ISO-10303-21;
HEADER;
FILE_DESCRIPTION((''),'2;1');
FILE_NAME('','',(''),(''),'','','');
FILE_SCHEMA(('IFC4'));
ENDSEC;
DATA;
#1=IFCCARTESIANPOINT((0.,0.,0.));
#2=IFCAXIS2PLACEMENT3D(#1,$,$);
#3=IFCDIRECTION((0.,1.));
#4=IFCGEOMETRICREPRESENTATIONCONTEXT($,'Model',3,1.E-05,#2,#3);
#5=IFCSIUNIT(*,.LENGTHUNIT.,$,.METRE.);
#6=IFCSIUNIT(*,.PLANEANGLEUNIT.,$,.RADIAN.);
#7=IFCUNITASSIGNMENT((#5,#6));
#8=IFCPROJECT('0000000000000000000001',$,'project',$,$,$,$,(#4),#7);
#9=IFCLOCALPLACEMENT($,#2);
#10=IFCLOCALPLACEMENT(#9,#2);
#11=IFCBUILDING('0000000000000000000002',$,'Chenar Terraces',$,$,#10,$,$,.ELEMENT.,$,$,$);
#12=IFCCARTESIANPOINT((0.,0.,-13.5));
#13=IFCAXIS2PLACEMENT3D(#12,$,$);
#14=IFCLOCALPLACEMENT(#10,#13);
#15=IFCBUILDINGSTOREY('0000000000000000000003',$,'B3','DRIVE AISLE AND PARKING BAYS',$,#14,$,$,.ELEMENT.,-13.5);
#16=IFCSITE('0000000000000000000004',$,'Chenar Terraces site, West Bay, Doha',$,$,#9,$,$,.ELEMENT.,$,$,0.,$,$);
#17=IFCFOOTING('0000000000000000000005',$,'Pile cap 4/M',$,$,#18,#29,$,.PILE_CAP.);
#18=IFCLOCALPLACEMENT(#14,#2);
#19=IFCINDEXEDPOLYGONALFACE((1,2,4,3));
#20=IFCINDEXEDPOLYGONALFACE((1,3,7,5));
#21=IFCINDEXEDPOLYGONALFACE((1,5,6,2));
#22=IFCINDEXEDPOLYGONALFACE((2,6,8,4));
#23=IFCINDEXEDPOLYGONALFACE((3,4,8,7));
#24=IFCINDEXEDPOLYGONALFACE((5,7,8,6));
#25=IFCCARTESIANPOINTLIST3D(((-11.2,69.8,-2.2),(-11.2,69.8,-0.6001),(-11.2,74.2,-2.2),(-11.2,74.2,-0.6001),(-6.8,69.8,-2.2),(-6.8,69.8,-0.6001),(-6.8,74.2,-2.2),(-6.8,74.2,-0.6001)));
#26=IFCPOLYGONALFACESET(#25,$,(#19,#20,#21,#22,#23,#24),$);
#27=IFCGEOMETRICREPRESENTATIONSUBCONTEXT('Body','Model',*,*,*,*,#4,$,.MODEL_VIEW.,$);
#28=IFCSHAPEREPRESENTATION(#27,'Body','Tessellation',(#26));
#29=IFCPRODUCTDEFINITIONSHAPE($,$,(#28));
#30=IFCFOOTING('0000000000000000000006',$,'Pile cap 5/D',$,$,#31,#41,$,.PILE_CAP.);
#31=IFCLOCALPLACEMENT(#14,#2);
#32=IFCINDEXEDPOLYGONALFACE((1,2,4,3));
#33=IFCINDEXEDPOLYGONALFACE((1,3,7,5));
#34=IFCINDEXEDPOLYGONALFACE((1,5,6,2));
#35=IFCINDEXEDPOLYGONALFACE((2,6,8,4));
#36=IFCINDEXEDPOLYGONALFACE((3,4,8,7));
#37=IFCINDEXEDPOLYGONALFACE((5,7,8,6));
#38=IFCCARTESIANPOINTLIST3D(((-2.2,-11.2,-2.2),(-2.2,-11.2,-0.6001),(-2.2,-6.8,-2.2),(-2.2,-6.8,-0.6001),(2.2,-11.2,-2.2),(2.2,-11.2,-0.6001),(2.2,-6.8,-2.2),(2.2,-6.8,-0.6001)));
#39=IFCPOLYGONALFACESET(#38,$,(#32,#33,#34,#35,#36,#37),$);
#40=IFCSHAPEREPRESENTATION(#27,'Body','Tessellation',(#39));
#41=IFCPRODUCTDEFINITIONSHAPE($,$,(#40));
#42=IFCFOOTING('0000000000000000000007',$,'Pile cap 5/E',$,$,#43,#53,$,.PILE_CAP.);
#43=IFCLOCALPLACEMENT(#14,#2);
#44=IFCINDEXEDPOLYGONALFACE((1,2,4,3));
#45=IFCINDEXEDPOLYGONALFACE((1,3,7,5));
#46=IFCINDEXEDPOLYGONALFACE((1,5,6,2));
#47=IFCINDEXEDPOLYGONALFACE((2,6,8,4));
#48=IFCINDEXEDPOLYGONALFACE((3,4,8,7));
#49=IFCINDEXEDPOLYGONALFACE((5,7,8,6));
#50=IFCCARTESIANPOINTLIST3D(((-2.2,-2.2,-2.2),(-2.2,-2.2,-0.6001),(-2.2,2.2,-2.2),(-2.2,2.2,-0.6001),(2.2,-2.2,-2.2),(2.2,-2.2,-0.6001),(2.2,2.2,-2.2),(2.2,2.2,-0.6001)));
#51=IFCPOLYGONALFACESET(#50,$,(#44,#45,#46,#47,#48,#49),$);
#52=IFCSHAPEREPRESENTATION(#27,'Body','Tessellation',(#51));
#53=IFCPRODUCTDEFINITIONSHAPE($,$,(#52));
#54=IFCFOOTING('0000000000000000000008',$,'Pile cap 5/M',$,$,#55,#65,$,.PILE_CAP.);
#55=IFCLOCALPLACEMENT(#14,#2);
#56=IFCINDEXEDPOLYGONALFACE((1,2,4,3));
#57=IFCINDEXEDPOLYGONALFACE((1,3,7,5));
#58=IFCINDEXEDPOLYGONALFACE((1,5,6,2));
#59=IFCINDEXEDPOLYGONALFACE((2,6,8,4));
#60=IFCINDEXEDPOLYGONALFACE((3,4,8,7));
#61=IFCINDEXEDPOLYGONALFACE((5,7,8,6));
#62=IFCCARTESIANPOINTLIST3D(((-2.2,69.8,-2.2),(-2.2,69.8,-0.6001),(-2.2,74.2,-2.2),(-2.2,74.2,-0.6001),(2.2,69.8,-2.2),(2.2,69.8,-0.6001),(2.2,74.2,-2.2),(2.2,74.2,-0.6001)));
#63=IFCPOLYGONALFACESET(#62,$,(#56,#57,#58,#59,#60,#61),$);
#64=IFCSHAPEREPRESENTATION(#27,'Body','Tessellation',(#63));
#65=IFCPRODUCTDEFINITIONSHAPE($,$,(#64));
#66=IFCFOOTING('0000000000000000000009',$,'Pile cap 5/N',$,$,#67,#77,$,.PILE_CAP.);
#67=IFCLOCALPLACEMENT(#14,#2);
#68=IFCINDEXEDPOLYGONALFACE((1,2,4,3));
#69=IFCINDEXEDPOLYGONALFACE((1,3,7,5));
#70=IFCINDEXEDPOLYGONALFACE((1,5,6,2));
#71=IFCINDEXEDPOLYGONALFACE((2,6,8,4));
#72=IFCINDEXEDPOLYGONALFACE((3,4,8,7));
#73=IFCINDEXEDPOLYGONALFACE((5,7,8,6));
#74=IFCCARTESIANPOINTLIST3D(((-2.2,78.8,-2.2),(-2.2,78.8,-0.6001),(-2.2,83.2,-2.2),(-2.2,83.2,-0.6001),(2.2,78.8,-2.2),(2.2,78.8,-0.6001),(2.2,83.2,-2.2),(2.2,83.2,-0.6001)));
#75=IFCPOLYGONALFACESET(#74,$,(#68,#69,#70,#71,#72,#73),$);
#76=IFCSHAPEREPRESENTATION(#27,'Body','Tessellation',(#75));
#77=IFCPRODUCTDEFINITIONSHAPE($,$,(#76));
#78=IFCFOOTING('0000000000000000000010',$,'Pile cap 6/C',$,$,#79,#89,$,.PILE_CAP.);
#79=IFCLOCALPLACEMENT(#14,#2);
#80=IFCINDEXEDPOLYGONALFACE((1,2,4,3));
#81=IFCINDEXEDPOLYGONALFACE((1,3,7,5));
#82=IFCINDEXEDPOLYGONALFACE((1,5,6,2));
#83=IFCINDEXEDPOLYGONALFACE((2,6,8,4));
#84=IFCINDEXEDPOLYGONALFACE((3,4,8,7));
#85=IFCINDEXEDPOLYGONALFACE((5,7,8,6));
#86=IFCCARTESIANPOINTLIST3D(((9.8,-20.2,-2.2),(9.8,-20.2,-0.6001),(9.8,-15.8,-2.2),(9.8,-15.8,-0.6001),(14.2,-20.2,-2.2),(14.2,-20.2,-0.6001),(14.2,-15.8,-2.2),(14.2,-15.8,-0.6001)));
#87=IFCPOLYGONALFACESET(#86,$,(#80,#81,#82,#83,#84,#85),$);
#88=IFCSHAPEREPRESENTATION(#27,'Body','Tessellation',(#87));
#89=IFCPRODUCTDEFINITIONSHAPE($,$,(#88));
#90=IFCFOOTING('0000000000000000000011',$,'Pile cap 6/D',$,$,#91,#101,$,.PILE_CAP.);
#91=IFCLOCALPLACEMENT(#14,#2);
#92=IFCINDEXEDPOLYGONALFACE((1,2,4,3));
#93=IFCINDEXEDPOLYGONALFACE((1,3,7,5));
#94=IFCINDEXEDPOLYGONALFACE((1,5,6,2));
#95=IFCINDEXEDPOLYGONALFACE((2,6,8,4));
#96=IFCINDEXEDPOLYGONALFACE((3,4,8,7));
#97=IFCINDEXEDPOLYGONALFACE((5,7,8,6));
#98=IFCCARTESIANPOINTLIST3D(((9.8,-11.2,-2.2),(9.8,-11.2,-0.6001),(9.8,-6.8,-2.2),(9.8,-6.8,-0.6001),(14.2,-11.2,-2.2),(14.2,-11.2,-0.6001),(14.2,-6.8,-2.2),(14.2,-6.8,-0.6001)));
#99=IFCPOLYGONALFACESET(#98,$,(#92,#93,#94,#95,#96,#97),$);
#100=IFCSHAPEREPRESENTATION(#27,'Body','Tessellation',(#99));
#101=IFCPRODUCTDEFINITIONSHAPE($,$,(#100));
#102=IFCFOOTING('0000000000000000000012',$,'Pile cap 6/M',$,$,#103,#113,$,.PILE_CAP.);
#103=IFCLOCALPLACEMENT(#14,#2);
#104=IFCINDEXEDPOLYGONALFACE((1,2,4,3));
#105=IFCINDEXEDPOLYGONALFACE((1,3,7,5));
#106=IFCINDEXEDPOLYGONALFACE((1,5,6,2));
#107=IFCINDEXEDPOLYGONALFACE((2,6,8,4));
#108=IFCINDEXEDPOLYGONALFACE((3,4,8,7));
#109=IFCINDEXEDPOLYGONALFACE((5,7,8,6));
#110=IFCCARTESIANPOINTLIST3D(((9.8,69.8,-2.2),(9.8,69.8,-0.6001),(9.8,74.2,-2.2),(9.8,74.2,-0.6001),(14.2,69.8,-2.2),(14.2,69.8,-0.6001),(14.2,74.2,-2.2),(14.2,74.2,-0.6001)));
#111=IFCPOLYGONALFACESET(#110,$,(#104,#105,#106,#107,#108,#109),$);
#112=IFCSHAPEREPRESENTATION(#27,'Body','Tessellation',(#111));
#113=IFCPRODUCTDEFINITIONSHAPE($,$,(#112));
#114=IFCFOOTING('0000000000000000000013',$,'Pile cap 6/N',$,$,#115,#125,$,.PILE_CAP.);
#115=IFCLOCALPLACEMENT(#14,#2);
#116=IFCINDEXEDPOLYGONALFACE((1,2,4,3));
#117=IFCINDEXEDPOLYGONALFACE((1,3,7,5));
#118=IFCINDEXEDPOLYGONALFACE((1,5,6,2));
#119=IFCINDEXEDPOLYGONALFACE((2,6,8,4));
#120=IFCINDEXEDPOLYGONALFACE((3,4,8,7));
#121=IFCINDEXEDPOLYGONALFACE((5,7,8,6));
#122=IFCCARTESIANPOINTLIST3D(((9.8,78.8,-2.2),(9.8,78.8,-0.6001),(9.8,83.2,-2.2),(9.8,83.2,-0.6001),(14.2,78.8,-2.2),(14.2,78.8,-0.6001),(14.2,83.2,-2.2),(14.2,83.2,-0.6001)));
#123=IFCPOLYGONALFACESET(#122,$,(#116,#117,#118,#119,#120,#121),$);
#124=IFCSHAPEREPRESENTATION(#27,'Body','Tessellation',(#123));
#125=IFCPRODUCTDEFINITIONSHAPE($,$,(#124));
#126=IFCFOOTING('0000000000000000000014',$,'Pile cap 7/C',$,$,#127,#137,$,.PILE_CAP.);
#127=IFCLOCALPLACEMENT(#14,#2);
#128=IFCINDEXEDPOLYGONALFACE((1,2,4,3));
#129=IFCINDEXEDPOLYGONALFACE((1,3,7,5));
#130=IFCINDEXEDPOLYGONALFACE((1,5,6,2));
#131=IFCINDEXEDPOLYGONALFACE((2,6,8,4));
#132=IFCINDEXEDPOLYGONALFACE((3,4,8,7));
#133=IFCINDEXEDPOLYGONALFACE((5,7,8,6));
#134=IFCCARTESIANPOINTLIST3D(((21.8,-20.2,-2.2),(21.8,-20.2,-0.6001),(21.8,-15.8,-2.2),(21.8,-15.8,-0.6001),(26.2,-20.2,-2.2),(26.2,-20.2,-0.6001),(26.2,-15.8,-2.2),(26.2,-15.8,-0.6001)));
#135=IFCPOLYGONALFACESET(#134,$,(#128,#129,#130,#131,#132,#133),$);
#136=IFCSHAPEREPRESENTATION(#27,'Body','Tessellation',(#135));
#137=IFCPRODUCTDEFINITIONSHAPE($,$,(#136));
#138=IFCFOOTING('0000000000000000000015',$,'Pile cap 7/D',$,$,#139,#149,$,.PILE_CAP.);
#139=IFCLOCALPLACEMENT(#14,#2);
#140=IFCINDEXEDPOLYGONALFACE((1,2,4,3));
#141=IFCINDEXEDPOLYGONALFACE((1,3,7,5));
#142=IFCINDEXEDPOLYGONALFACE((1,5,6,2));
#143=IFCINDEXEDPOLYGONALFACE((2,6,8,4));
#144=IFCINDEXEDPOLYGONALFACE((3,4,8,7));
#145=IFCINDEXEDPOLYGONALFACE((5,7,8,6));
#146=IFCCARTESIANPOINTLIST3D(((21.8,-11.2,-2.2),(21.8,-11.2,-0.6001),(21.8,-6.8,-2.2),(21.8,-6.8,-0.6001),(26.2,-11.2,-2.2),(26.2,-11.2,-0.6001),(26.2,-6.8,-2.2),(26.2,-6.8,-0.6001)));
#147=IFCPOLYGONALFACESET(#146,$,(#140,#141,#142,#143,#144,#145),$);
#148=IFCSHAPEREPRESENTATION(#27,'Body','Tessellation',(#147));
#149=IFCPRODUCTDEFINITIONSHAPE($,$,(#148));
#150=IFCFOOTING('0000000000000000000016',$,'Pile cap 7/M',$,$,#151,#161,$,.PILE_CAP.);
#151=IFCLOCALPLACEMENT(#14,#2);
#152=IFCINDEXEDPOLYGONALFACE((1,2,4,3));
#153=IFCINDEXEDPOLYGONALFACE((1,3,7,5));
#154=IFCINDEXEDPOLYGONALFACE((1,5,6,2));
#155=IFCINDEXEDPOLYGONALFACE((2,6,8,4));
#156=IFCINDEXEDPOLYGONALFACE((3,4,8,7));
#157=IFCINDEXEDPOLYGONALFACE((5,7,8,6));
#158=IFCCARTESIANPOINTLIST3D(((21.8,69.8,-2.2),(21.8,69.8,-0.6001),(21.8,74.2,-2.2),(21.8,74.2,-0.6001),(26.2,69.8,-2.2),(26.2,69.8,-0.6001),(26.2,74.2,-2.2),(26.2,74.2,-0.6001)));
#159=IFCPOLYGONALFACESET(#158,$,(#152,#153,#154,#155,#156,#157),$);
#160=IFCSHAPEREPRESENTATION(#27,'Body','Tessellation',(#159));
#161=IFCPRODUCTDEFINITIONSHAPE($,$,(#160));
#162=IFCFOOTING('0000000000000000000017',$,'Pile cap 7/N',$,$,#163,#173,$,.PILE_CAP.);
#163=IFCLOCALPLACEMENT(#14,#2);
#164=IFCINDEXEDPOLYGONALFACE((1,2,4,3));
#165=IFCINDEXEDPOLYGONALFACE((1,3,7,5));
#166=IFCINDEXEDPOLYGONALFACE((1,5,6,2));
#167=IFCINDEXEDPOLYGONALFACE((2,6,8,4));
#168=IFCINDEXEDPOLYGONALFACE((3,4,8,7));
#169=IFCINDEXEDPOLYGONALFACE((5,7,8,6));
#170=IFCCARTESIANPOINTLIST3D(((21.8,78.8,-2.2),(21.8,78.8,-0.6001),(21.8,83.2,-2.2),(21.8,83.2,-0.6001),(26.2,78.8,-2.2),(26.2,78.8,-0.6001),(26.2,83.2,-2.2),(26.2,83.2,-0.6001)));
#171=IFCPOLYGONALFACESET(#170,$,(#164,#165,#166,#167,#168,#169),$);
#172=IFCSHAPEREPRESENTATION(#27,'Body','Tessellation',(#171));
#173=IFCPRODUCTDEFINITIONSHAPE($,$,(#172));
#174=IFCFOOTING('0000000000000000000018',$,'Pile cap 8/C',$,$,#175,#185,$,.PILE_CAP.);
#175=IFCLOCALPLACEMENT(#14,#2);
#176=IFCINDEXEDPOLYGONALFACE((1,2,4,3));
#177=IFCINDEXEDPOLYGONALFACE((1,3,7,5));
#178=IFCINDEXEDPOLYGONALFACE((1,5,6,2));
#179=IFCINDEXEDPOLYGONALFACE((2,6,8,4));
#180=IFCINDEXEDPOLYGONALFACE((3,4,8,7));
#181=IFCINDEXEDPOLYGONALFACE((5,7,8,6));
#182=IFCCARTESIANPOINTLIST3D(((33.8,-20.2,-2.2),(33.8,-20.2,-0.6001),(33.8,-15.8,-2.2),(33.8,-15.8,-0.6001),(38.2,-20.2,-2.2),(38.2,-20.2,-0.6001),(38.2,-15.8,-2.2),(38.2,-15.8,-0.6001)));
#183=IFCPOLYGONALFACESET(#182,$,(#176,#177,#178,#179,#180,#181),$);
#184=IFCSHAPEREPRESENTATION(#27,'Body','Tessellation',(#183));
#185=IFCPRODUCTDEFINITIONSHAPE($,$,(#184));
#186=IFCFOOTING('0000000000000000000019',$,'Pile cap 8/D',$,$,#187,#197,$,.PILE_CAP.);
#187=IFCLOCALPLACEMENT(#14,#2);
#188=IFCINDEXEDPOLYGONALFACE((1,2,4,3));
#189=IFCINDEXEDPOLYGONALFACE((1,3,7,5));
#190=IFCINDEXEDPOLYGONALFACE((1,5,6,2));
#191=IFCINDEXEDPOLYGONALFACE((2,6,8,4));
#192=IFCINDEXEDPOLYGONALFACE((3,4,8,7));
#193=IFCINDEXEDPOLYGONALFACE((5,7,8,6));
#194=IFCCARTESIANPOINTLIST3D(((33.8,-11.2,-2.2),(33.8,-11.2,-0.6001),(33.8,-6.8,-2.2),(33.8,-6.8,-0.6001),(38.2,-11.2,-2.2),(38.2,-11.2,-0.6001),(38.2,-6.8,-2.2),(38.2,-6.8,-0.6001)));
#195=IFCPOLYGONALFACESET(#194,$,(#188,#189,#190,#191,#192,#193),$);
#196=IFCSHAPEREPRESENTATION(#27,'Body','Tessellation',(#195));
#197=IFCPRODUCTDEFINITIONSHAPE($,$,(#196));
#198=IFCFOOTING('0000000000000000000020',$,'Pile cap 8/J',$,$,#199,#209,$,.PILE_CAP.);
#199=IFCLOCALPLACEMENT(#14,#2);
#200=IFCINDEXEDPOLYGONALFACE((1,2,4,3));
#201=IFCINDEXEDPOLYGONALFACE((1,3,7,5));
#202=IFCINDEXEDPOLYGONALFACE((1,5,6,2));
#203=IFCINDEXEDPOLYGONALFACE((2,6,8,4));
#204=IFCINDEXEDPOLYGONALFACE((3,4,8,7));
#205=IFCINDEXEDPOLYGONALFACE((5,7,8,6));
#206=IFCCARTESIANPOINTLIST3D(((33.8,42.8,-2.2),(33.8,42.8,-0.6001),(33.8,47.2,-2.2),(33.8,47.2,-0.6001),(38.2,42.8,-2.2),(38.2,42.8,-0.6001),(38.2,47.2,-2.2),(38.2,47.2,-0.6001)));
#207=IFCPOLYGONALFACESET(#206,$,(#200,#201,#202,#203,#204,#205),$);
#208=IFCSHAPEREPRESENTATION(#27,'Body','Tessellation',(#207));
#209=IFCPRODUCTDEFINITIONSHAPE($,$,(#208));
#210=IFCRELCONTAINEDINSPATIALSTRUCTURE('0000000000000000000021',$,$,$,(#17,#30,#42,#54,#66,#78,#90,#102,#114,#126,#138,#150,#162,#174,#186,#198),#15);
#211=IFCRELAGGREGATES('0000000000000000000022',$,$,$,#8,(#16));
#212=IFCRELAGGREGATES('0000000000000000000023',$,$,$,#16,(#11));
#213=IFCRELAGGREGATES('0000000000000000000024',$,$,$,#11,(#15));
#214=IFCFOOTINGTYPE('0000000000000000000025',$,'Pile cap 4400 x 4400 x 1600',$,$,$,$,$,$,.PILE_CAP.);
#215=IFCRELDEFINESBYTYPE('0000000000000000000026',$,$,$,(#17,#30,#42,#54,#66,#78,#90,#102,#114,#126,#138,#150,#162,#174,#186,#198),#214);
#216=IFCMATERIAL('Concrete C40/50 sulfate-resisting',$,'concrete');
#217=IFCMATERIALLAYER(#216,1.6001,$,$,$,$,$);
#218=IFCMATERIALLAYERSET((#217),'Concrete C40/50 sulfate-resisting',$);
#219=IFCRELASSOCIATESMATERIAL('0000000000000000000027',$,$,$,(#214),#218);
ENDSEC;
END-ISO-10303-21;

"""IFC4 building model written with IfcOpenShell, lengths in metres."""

from ifc_helpers import new_model, si_unit, direction, frame, origin, place, context, subcontext, project, spatial, polyline, outline, extrude, material, layer, layer_set, type_object, element, save


model = new_model("IFC4")

# Units and contexts
model_context = context("Model", 3, precision=1e-05, world=origin(), true_north=direction((0.0, 1.0)))
body_context = subcontext(model_context, "Body", "Model", "MODEL_VIEW")
ifc_project = project(units=[si_unit("LENGTHUNIT", "METRE"), si_unit("PLANEANGLEUNIT", "RADIAN")], contexts=[model_context])

# Site, building, storey
site_placement = place(None, origin())
site = spatial("IfcSite", under=ifc_project, at=site_placement, Name="Chenar Terraces site, West Bay, Doha", CompositionType="ELEMENT", RefElevation=0.0)
building_placement = place(site_placement, origin())
building = spatial("IfcBuilding", under=site, at=building_placement, Name="Chenar Terraces", CompositionType="ELEMENT")
storey_placement = place(building_placement, frame((0.0, 0.0, -13.5)))
storey = spatial("IfcBuildingStorey", under=building, at=storey_placement, Name="B3", Description="DRIVE AISLE AND PARKING BAYS", CompositionType="ELEMENT", Elevation=-13.5)

# Footings
ifc_material = material(Name="Concrete C40/50 sulfate-resisting", Category="concrete")
ifc_layer = layer(ifc_material, 1.6001)
ifc_layer_set = layer_set([ifc_layer], Name="Concrete C40/50 sulfate-resisting")
footing_type = type_object("IfcFootingType", Name="Pile cap 4400 x 4400 x 1600", PredefinedType="PILE_CAP", material=ifc_layer_set)
placement = place(storey_placement, frame((0.0, 0.0, -2.2)))
element("IfcFooting", 1, at=placement, inside=storey, type_object=footing_type, Name="Pile cap 4/M", PredefinedType="PILE_CAP", context=body_context, shape_type="SweptSolid", body=[
    extrude(outline(polyline([(-6.8, 69.8), (-6.8, 74.2), (-11.2, 74.2), (-11.2, 69.8), (-6.8, 69.8)])), origin(), (0.0, 0.0, 1.0), 1.5999),
])
element("IfcFooting", 2, at=placement, inside=storey, type_object=footing_type, Name="Pile cap 5/D", PredefinedType="PILE_CAP", context=body_context, shape_type="SweptSolid", body=[
    extrude(outline(polyline([(2.2, -11.2), (2.2, -6.8), (-2.2, -6.8), (-2.2, -11.2), (2.2, -11.2)])), origin(), (0.0, 0.0, 1.0), 1.5999),
])
element("IfcFooting", 3, at=placement, inside=storey, type_object=footing_type, Name="Pile cap 5/E", PredefinedType="PILE_CAP", context=body_context, shape_type="SweptSolid", body=[
    extrude(outline(polyline([(2.2, -2.2), (2.2, 2.2), (-2.2, 2.2), (-2.2, -2.2), (2.2, -2.2)])), origin(), (0.0, 0.0, 1.0), 1.5999),
])
element("IfcFooting", 4, at=placement, inside=storey, type_object=footing_type, Name="Pile cap 5/M", PredefinedType="PILE_CAP", context=body_context, shape_type="SweptSolid", body=[
    extrude(outline(polyline([(2.2, 69.8), (2.2, 74.2), (-2.2, 74.2), (-2.2, 69.8), (2.2, 69.8)])), origin(), (0.0, 0.0, 1.0), 1.5999),
])
element("IfcFooting", 5, at=placement, inside=storey, type_object=footing_type, Name="Pile cap 5/N", PredefinedType="PILE_CAP", context=body_context, shape_type="SweptSolid", body=[
    extrude(outline(polyline([(2.2, 78.8), (2.2, 83.2), (-2.2, 83.2), (-2.2, 78.8), (2.2, 78.8)])), origin(), (0.0, 0.0, 1.0), 1.5999),
])
element("IfcFooting", 6, at=placement, inside=storey, type_object=footing_type, Name="Pile cap 6/C", PredefinedType="PILE_CAP", context=body_context, shape_type="SweptSolid", body=[
    extrude(outline(polyline([(14.2, -20.2), (14.2, -15.8), (9.8, -15.8), (9.8, -20.2), (14.2, -20.2)])), origin(), (0.0, 0.0, 1.0), 1.5999),
])
element("IfcFooting", 7, at=placement, inside=storey, type_object=footing_type, Name="Pile cap 6/D", PredefinedType="PILE_CAP", context=body_context, shape_type="SweptSolid", body=[
    extrude(outline(polyline([(14.2, -11.2), (14.2, -6.8), (9.8, -6.8), (9.8, -11.2), (14.2, -11.2)])), origin(), (0.0, 0.0, 1.0), 1.5999),
])
element("IfcFooting", 8, at=placement, inside=storey, type_object=footing_type, Name="Pile cap 6/M", PredefinedType="PILE_CAP", context=body_context, shape_type="SweptSolid", body=[
    extrude(outline(polyline([(14.2, 69.8), (14.2, 74.2), (9.8, 74.2), (9.8, 69.8), (14.2, 69.8)])), origin(), (0.0, 0.0, 1.0), 1.5999),
])
element("IfcFooting", 9, at=placement, inside=storey, type_object=footing_type, Name="Pile cap 6/N", PredefinedType="PILE_CAP", context=body_context, shape_type="SweptSolid", body=[
    extrude(outline(polyline([(14.2, 78.8), (14.2, 83.2), (9.8, 83.2), (9.8, 78.8), (14.2, 78.8)])), origin(), (0.0, 0.0, 1.0), 1.5999),
])
element("IfcFooting", 10, at=placement, inside=storey, type_object=footing_type, Name="Pile cap 7/C", PredefinedType="PILE_CAP", context=body_context, shape_type="SweptSolid", body=[
    extrude(outline(polyline([(26.2, -20.2), (26.2, -15.8), (21.8, -15.8), (21.8, -20.2), (26.2, -20.2)])), origin(), (0.0, 0.0, 1.0), 1.5999),
])
element("IfcFooting", 11, at=placement, inside=storey, type_object=footing_type, Name="Pile cap 7/D", PredefinedType="PILE_CAP", context=body_context, shape_type="SweptSolid", body=[
    extrude(outline(polyline([(26.2, -11.2), (26.2, -6.8), (21.8, -6.8), (21.8, -11.2), (26.2, -11.2)])), origin(), (0.0, 0.0, 1.0), 1.5999),
])
element("IfcFooting", 12, at=placement, inside=storey, type_object=footing_type, Name="Pile cap 7/M", PredefinedType="PILE_CAP", context=body_context, shape_type="SweptSolid", body=[
    extrude(outline(polyline([(26.2, 69.8), (26.2, 74.2), (21.8, 74.2), (21.8, 69.8), (26.2, 69.8)])), origin(), (0.0, 0.0, 1.0), 1.5999),
])
element("IfcFooting", 13, at=placement, inside=storey, type_object=footing_type, Name="Pile cap 7/N", PredefinedType="PILE_CAP", context=body_context, shape_type="SweptSolid", body=[
    extrude(outline(polyline([(26.2, 78.8), (26.2, 83.2), (21.8, 83.2), (21.8, 78.8), (26.2, 78.8)])), origin(), (0.0, 0.0, 1.0), 1.5999),
])
element("IfcFooting", 14, at=placement, inside=storey, type_object=footing_type, Name="Pile cap 8/C", PredefinedType="PILE_CAP", context=body_context, shape_type="SweptSolid", body=[
    extrude(outline(polyline([(38.2, -20.2), (38.2, -15.8), (33.8, -15.8), (33.8, -20.2), (38.2, -20.2)])), origin(), (0.0, 0.0, 1.0), 1.5999),
])
element("IfcFooting", 15, at=placement, inside=storey, type_object=footing_type, Name="Pile cap 8/D", PredefinedType="PILE_CAP", context=body_context, shape_type="SweptSolid", body=[
    extrude(outline(polyline([(38.2, -11.2), (38.2, -6.8), (33.8, -6.8), (33.8, -11.2), (38.2, -11.2)])), origin(), (0.0, 0.0, 1.0), 1.5999),
])
element("IfcFooting", 16, at=placement, inside=storey, type_object=footing_type, Name="Pile cap 8/J", PredefinedType="PILE_CAP", context=body_context, shape_type="SweptSolid", body=[
    extrude(outline(polyline([(38.2, 42.8), (38.2, 47.2), (33.8, 47.2), (33.8, 42.8), (38.2, 42.8)])), origin(), (0.0, 0.0, 1.0), 1.5999),
])

save(model, "model.ifc")
